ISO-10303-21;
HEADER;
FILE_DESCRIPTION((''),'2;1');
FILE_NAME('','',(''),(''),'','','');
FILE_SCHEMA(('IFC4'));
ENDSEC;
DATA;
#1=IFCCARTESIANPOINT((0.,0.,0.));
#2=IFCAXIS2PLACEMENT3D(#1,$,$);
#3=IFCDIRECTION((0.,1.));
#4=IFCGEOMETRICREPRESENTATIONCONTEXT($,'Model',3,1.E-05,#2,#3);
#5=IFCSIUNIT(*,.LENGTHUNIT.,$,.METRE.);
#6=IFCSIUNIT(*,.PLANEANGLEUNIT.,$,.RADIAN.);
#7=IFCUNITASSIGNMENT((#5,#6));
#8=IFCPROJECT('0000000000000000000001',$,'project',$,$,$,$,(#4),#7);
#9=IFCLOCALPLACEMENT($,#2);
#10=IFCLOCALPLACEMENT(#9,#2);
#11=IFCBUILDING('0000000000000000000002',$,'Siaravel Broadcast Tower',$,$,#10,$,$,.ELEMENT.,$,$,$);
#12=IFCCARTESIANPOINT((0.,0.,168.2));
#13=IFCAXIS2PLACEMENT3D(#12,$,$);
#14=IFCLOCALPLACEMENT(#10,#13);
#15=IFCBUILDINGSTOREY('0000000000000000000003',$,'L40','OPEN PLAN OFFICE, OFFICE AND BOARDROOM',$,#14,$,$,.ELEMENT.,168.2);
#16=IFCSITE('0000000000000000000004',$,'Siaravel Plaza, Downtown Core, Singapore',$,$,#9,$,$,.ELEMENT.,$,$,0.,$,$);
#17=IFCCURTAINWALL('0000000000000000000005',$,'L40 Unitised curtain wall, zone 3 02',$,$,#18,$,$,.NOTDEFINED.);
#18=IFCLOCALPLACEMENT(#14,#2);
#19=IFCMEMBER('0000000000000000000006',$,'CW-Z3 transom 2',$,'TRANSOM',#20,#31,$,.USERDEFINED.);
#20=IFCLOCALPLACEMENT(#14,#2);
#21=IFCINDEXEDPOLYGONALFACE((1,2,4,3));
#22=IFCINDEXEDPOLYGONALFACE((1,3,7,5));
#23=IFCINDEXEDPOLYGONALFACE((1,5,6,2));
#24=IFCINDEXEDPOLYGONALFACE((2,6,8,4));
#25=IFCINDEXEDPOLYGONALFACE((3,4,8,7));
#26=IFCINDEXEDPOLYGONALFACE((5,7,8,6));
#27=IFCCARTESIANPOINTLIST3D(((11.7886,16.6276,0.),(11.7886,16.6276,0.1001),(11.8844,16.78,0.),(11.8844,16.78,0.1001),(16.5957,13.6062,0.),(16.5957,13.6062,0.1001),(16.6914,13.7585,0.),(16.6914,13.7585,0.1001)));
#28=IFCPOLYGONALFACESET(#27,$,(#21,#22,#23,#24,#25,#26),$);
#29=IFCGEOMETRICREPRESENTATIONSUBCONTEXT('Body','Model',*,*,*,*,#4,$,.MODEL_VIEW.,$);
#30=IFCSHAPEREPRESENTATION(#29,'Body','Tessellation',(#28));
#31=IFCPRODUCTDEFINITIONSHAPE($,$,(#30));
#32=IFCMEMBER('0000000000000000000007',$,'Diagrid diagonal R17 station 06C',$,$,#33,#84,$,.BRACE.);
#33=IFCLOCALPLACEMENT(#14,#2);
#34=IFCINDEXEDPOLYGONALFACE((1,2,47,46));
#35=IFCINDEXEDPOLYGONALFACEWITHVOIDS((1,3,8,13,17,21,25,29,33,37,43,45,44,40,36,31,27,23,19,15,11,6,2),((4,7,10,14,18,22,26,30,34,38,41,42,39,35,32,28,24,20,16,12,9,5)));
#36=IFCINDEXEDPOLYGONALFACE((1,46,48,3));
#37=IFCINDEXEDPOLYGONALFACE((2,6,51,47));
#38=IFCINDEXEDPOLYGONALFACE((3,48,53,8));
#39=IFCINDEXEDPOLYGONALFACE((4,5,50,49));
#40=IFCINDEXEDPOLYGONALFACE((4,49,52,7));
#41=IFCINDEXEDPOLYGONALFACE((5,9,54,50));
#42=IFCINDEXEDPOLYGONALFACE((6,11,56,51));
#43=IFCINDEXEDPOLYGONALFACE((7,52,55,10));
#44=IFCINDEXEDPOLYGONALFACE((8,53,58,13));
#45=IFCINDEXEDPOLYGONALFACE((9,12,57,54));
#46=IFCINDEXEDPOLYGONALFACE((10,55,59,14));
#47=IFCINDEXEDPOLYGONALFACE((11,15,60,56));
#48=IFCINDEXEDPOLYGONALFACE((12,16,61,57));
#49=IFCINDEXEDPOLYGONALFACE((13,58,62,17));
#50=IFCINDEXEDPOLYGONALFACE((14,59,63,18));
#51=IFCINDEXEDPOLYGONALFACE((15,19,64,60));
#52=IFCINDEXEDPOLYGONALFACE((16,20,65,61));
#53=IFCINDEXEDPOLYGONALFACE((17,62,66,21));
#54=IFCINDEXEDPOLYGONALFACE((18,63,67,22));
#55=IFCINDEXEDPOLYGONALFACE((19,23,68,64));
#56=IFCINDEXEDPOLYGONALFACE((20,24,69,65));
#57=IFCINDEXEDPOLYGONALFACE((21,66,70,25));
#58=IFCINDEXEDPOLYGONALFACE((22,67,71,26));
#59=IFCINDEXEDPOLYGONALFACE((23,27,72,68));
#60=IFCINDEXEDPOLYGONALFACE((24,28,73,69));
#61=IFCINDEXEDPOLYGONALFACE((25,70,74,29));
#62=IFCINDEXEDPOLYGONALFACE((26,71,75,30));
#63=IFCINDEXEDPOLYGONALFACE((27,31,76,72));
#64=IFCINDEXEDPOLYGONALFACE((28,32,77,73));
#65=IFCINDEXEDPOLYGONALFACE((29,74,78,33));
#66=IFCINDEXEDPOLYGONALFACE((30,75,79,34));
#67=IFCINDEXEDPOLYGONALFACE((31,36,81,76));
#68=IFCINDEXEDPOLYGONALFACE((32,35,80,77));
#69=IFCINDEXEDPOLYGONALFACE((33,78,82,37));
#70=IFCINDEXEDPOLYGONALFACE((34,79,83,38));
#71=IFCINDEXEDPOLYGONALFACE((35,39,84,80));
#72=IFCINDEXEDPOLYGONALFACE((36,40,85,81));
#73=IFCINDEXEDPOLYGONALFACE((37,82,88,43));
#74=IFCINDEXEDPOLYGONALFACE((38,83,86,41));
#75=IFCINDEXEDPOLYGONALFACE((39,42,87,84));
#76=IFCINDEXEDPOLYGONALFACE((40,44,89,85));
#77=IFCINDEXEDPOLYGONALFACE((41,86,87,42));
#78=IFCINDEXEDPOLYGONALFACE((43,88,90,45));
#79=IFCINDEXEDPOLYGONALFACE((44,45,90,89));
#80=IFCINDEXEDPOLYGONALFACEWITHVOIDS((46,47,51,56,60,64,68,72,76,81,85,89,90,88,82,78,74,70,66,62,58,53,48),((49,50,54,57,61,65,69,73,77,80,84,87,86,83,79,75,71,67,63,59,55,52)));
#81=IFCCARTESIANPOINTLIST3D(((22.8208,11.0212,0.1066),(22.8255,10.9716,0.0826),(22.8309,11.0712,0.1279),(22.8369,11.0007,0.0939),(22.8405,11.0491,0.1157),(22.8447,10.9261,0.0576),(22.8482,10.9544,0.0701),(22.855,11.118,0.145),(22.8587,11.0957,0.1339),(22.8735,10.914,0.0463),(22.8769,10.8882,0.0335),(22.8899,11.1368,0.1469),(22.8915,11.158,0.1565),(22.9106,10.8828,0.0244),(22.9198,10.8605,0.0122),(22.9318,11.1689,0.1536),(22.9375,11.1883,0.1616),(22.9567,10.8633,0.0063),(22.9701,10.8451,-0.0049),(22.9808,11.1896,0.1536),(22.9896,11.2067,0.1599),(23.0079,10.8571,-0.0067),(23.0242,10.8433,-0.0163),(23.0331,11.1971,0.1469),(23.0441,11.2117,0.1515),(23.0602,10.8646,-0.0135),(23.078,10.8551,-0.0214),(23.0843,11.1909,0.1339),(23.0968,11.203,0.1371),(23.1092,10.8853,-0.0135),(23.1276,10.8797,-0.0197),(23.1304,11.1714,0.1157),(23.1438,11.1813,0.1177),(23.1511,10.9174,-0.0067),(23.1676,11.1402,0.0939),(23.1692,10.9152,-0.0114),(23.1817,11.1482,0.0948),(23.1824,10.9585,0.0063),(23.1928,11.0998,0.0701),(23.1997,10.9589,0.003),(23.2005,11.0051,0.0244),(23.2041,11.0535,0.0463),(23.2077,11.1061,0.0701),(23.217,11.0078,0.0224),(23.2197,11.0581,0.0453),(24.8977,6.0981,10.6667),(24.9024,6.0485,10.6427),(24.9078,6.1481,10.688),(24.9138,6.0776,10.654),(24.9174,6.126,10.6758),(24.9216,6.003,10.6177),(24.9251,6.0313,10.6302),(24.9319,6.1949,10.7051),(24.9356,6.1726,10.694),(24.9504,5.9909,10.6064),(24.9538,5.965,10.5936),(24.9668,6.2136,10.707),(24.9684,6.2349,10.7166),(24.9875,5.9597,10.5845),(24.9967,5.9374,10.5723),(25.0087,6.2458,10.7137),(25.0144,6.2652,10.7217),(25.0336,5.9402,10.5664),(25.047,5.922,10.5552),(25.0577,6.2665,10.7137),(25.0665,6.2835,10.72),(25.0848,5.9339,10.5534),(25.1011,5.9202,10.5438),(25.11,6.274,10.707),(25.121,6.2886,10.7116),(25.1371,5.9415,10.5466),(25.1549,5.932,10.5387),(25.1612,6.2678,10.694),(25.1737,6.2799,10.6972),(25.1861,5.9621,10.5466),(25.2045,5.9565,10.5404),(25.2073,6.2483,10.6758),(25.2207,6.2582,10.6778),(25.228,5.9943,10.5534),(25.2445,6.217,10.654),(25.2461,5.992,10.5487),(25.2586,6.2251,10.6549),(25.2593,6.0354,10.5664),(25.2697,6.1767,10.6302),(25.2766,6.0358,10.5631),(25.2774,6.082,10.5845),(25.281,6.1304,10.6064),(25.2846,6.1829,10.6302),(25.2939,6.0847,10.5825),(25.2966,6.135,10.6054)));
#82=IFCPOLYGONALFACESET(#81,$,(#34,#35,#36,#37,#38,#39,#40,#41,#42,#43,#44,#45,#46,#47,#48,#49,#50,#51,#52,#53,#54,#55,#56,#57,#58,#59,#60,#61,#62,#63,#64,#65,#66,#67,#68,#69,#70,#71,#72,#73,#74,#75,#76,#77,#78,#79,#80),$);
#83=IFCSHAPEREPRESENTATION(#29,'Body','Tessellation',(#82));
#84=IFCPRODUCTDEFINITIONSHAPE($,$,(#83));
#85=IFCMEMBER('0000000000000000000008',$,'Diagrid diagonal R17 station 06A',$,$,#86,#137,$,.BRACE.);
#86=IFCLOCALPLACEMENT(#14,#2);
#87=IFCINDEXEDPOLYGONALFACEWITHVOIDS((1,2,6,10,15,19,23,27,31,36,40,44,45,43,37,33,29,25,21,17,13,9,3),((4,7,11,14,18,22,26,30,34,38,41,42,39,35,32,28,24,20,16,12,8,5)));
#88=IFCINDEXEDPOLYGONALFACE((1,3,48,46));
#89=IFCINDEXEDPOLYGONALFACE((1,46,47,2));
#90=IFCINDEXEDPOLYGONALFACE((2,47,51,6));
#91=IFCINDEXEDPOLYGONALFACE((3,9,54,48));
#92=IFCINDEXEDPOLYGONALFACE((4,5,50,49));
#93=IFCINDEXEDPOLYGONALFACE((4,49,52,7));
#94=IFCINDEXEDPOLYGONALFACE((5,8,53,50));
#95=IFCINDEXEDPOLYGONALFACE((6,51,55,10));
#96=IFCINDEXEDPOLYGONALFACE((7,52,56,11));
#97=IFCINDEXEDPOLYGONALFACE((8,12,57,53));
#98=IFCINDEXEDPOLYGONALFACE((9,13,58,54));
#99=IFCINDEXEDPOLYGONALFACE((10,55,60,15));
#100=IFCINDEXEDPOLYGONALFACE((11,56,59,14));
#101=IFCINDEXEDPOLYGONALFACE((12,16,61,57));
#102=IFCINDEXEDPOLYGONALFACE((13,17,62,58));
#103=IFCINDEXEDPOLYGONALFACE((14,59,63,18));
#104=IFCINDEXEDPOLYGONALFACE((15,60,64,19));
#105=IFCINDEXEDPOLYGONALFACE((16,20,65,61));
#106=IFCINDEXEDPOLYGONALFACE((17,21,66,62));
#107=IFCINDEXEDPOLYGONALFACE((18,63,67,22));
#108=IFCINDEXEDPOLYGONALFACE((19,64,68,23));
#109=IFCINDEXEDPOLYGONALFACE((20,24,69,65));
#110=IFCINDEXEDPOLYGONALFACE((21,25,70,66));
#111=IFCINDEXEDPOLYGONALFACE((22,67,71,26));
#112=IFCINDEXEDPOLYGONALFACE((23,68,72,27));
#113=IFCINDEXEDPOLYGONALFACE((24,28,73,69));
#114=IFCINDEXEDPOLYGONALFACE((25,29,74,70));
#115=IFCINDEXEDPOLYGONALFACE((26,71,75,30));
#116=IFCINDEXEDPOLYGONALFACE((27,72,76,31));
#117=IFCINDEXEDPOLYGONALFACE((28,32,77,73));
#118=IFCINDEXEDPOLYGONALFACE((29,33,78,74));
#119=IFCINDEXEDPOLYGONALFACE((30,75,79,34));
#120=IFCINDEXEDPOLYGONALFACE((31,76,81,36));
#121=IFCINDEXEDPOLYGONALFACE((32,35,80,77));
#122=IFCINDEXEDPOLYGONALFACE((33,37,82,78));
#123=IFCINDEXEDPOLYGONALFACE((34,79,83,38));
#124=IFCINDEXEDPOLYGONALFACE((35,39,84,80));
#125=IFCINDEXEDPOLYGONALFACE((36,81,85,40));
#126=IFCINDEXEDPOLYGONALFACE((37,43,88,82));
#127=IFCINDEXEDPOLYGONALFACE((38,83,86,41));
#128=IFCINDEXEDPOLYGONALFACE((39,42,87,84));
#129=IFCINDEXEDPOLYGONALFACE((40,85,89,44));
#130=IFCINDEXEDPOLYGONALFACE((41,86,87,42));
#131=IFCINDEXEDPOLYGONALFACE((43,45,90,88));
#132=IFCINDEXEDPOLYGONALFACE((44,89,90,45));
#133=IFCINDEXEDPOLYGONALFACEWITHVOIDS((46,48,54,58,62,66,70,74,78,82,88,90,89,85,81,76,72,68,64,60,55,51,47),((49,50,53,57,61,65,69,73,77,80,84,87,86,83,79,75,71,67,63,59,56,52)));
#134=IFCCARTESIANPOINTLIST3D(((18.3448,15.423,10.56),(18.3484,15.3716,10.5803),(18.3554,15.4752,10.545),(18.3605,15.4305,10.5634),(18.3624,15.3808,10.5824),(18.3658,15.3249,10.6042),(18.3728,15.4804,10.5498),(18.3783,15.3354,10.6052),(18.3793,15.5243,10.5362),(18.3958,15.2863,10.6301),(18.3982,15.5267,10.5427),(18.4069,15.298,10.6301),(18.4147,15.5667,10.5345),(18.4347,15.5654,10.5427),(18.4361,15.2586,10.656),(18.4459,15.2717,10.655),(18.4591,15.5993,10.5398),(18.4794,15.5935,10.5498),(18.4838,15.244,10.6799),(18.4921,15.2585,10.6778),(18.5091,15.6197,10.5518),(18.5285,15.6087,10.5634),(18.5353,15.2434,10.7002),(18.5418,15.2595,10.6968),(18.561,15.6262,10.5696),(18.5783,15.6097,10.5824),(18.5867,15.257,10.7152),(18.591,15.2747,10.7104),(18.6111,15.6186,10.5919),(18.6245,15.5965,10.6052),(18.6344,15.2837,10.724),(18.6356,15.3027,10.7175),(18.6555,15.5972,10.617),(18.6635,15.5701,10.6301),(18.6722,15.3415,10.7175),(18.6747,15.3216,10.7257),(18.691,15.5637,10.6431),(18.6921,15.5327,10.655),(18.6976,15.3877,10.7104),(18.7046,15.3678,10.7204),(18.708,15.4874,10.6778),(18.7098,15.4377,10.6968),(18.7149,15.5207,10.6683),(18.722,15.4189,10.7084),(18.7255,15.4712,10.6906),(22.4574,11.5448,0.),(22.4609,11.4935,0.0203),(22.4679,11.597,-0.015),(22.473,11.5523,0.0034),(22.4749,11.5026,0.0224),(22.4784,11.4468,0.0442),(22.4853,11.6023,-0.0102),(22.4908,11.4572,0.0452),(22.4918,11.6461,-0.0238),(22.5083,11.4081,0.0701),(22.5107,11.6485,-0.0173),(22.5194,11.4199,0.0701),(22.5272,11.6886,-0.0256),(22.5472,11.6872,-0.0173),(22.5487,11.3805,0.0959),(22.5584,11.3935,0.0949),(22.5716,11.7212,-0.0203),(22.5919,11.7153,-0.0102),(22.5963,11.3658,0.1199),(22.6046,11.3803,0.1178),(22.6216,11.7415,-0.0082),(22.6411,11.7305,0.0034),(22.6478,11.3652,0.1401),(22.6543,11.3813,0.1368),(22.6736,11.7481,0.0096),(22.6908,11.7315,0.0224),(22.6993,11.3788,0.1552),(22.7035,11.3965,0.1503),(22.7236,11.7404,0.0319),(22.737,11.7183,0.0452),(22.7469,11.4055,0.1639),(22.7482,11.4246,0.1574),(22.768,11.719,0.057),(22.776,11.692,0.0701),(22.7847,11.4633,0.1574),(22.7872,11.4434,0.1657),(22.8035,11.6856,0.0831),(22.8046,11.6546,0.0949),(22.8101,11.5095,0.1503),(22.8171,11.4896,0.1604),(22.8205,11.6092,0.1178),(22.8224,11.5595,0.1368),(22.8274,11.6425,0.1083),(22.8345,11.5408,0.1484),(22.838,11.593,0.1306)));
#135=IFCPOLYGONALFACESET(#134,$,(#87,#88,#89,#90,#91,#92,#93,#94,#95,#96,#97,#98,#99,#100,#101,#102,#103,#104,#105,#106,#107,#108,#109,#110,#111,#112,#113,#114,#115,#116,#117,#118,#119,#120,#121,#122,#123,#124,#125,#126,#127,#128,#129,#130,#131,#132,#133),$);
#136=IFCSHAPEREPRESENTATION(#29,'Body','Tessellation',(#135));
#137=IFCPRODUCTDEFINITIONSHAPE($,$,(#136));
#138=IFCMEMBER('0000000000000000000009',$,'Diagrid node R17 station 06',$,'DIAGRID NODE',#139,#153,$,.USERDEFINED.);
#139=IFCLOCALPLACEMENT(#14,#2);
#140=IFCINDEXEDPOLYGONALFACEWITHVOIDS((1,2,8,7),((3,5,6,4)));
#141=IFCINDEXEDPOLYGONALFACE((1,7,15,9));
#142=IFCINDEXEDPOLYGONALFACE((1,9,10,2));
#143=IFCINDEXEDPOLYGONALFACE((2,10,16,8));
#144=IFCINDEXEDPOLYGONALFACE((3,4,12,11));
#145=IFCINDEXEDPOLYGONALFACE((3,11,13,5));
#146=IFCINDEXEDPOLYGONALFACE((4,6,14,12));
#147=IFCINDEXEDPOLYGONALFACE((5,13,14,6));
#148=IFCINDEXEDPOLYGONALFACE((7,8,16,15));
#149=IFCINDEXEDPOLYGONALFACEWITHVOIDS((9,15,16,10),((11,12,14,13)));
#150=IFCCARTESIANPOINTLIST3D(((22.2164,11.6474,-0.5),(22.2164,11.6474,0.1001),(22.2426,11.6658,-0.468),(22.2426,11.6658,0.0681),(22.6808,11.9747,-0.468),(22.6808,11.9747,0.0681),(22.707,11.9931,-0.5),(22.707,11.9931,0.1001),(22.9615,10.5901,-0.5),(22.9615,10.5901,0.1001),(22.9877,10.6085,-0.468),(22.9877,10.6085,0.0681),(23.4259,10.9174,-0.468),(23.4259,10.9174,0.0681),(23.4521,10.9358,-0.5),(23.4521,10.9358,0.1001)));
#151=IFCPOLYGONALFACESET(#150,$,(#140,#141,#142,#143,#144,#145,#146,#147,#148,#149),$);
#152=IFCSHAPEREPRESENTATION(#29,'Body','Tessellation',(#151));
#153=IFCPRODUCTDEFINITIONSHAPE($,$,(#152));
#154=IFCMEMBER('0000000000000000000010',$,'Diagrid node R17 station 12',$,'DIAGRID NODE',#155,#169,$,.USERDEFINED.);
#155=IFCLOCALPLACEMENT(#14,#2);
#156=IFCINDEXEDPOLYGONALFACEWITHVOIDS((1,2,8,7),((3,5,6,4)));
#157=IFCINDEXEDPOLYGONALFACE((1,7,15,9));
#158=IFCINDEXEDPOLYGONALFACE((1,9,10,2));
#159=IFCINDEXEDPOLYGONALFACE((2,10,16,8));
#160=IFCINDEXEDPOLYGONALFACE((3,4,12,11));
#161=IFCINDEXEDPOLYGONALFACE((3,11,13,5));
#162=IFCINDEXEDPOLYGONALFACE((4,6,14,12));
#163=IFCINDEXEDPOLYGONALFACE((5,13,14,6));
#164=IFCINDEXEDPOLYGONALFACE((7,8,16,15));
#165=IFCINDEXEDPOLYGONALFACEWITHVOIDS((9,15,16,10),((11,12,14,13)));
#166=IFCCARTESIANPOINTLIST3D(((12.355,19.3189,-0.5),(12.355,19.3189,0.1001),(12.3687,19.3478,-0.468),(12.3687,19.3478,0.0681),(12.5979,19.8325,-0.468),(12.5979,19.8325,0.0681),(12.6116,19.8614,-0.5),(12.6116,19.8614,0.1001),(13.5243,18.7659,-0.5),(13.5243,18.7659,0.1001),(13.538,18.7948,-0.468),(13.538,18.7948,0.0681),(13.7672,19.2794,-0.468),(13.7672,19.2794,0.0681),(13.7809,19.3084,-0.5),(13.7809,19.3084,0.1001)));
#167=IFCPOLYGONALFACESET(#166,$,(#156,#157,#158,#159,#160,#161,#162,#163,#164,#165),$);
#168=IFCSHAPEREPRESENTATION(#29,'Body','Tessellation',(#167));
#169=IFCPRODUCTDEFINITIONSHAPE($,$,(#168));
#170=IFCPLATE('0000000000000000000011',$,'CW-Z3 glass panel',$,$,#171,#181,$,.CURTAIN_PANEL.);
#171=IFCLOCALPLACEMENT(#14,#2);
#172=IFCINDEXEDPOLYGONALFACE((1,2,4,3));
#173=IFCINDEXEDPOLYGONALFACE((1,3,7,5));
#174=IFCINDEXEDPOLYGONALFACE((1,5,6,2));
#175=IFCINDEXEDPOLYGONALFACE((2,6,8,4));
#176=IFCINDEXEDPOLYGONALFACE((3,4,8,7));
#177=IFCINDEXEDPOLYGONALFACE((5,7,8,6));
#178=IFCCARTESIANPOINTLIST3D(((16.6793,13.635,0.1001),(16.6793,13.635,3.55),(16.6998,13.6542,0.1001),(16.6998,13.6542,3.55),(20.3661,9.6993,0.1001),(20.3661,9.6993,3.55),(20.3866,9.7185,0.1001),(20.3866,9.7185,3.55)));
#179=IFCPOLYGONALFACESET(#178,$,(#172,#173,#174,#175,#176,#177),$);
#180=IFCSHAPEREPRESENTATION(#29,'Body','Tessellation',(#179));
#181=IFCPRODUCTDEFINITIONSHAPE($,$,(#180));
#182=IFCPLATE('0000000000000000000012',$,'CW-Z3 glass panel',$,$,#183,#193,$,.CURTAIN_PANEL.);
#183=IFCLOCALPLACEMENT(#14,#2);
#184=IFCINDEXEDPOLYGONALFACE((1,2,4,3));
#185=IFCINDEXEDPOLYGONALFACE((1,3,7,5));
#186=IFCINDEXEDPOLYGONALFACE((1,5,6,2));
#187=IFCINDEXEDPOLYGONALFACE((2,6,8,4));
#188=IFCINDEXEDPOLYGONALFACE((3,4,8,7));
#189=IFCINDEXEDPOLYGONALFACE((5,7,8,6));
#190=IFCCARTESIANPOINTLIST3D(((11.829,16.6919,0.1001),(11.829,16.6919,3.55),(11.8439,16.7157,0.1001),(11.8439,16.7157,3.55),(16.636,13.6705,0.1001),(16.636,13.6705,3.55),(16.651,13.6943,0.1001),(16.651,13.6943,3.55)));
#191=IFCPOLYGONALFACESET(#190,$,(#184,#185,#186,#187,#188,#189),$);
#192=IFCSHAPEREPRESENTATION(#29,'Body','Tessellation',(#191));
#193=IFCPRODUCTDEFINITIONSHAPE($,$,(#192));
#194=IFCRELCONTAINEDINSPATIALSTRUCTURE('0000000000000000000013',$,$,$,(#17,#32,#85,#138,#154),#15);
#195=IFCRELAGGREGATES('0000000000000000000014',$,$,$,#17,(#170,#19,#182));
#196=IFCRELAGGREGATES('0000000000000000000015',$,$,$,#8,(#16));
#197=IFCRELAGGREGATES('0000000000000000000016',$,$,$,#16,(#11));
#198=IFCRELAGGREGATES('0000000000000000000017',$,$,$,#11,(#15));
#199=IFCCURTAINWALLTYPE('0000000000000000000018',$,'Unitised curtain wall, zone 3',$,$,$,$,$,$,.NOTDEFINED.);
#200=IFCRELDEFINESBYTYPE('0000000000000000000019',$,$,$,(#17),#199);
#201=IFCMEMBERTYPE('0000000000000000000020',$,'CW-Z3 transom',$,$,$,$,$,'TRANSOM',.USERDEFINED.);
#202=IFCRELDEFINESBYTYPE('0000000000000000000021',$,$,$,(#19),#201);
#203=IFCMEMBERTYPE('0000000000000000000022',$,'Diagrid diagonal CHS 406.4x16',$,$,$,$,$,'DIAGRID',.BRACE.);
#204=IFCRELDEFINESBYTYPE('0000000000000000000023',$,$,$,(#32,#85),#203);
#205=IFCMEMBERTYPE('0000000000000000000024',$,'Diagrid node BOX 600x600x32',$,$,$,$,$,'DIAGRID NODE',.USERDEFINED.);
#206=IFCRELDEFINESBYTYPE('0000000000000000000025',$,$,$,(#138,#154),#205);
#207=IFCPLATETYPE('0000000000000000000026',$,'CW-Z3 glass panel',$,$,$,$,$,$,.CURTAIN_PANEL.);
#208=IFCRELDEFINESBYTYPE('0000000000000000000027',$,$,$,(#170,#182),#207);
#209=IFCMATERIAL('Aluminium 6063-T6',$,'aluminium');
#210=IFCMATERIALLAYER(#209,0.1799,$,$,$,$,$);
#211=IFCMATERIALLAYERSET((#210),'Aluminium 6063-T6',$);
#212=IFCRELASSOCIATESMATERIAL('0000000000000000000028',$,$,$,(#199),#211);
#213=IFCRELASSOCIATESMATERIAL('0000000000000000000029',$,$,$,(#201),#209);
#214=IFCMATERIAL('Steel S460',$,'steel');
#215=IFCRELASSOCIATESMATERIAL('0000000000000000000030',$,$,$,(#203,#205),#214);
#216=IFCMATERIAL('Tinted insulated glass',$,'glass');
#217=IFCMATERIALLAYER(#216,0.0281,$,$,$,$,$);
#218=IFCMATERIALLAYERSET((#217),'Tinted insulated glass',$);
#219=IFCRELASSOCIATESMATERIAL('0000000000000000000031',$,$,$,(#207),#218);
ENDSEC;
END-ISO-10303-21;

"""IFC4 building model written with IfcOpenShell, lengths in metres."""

from ifc_helpers import new_model, si_unit, direction, frame, origin, origin_2d, place, context, subcontext, project, spatial, rectangle, hollow_rectangle, hollow_circle, extrude, material, layer, layer_set, material_profile, profile_set, type_object, element, aggregate, save


model = new_model("IFC4")

# Units and contexts
model_context = context("Model", 3, precision=1e-05, world=origin(), true_north=direction((0.0, 1.0)))
body_context = subcontext(model_context, "Body", "Model", "MODEL_VIEW")
ifc_project = project(units=[si_unit("LENGTHUNIT", "METRE"), si_unit("PLANEANGLEUNIT", "RADIAN")], contexts=[model_context])

# Site, building, storey
site_placement = place(None, origin())
site = spatial("IfcSite", under=ifc_project, at=site_placement, Name="Siaravel Plaza, Downtown Core, Singapore", CompositionType="ELEMENT", RefElevation=0.0)
building_placement = place(site_placement, origin())
building = spatial("IfcBuilding", under=site, at=building_placement, Name="Siaravel Broadcast Tower", CompositionType="ELEMENT")
storey_placement = place(building_placement, frame((0.0, 0.0, 168.2)))
storey = spatial("IfcBuildingStorey", under=building, at=storey_placement, Name="L40", Description="OPEN PLAN OFFICE, OFFICE AND BOARDROOM", CompositionType="ELEMENT", Elevation=168.2)

# Shared definitions
ifc_material_1 = material(Name="Aluminium 6063-T6", Category="aluminium")
ifc_layer_1 = layer(ifc_material_1, 0.1799)
ifc_layer_set_1 = layer_set([ifc_layer_1], Name="Aluminium 6063-T6")
curtain_wall_type = type_object("IfcCurtainWallType", Name="Unitised curtain wall, zone 3", PredefinedType="NOTDEFINED", material=ifc_layer_set_1)

# Curtain wall, member
curtain_wall_1_placement = place(storey_placement, origin())
curtain_wall_1 = element("IfcCurtainWall", 1, at=curtain_wall_1_placement, inside=storey, type_object=curtain_wall_type, Name="L40 Unitised curtain wall, zone 3 02", PredefinedType="NOTDEFINED")
ifc_material_profile_1 = material_profile(ifc_material_1, rectangle(XDim=0.1799, YDim=0.1001, at=origin_2d()))
ifc_profile_set_1 = profile_set([ifc_material_profile_1], Name="Aluminium 6063-T6")
member_type_1 = type_object("IfcMemberType", Name="CW-Z3 transom", ElementType="TRANSOM", PredefinedType="USERDEFINED", material=ifc_profile_set_1)
member_1_placement = place(storey_placement, frame((16.6436, 13.6824, 0.05), z_axis=(-0.846648, 0.532154, 0.0), x_axis=(-0.532154, -0.846648, 0.0)))
member_1 = element("IfcMember", 2, at=member_1_placement, type_object=member_type_1, Name="CW-Z3 transom 2", ObjectType="TRANSOM", PredefinedType="USERDEFINED", context=body_context, shape_type="SweptSolid", body=[
    extrude(rectangle(XDim=0.1799, YDim=0.1001, at=origin_2d()), origin(), (0.0, 0.0, 1.0), 5.6777),
])

# Members
ifc_material_2 = material(Name="Steel S460", Category="steel")
ifc_material_profile_2 = material_profile(ifc_material_2, hollow_circle(Radius=0.2031, WallThickness=0.0161, at=origin_2d()))
ifc_profile_set_2 = profile_set([ifc_material_profile_2], Name="Steel S460")
member_type_2 = type_object("IfcMemberType", Name="Diagrid diagonal CHS 406.4x16", ElementType="DIAGRID", PredefinedType="BRACE", material=ifc_profile_set_2)
member_2_placement = place(storey_placement, frame((23.0205, 11.0271, 0.0701), z_axis=(0.17549, -0.415981, 0.89228), x_axis=(0.921366, 0.388696, 0.0)))
element("IfcMember", 3, at=member_2_placement, inside=storey, type_object=member_type_2, Name="Diagrid diagonal R17 station 06C", PredefinedType="BRACE", context=body_context, shape_type="SweptSolid", body=[
    extrude(hollow_circle(Radius=0.2031, WallThickness=0.0161, at=origin_2d()), origin(), (0.0, 0.0, 1.0), 11.835),
])
member_3_placement = place(storey_placement, frame((22.6477, 11.5559, 0.0701), z_axis=(-0.343347, 0.32378, 0.881635), x_axis=(-0.686072, -0.727534, 0.0)))
element("IfcMember", 4, at=member_3_placement, inside=storey, type_object=member_type_2, Name="Diagrid diagonal R17 station 06A", PredefinedType="BRACE", context=body_context, shape_type="SweptSolid", body=[
    extrude(hollow_circle(Radius=0.2031, WallThickness=0.0161, at=origin_2d()), origin(), (0.0, 0.0, 1.0), 11.9778),
])
ifc_material_profile_3 = material_profile(ifc_material_2, hollow_rectangle(XDim=0.6001, YDim=0.6001, WallThickness=0.032, at=origin_2d()))
ifc_profile_set_3 = profile_set([ifc_material_profile_3], Name="Steel S460")
member_type_3 = type_object("IfcMemberType", Name="Diagrid node BOX 600x600x32", ElementType="DIAGRID NODE", PredefinedType="USERDEFINED", material=ifc_profile_set_3)
for number, where, z_axis, x_axis, name in (
    (5, (23.2068, 10.7629, -0.2), (-0.576031, 0.817428, 0.0), (-0.817428, -0.576031, 0.0), "Diagrid node R17 station 06"),
    (6, (13.6526, 19.0371, -0.2), (-0.903991, 0.427551, 0.0), (-0.427551, -0.903991, 0.0), "Diagrid node R17 station 12"),
):
    element("IfcMember", number, at=place(storey_placement, frame(where, z_axis=z_axis, x_axis=x_axis)), inside=storey, type_object=member_type_3, Name=name, ObjectType="DIAGRID NODE", PredefinedType="USERDEFINED", context=body_context, shape_type="SweptSolid", body=[
        extrude(hollow_rectangle(XDim=0.6001, YDim=0.6001, WallThickness=0.032, at=origin_2d()), origin(), (0.0, 0.0, 1.0), 1.2935),
    ])

# Plates
ifc_material_3 = material(Name="Tinted insulated glass", Category="glass")
ifc_layer_2 = layer(ifc_material_3, 0.0281)
ifc_layer_set_2 = layer_set([ifc_layer_2], Name="Tinted insulated glass")
plate_type = type_object("IfcPlateType", Name="CW-Z3 glass panel", PredefinedType="CURTAIN_PANEL", material=ifc_layer_set_2)
plate_1_placement = place(storey_placement, frame((18.533, 11.6768, 0.1001), z_axis=(0.0, 0.0, 1.0), x_axis=(-0.683655, 0.729805, 0.0)))
plate_1 = element("IfcPlate", 7, at=plate_1_placement, type_object=plate_type, Name="CW-Z3 glass panel", PredefinedType="CURTAIN_PANEL", context=body_context, shape_type="SweptSolid", body=[
    extrude(rectangle(XDim=5.3928, YDim=0.0281, at=origin_2d()), origin(), (0.0, 0.0, 1.0), 3.45),
])
plate_2_placement = place(storey_placement, frame((14.24, 15.1931, 0.1001), z_axis=(0.0, 0.0, 1.0), x_axis=(-0.846651, 0.532149, 0.0)))
plate_2 = element("IfcPlate", 8, at=plate_2_placement, type_object=plate_type, Name="CW-Z3 glass panel", PredefinedType="CURTAIN_PANEL", context=body_context, shape_type="SweptSolid", body=[
    extrude(rectangle(XDim=5.6777, YDim=0.0281, at=origin_2d()), origin(), (0.0, 0.0, 1.0), 3.45),
])
aggregate(curtain_wall_1, [plate_1, member_1, plate_2])

save(model, "model.ifc")
